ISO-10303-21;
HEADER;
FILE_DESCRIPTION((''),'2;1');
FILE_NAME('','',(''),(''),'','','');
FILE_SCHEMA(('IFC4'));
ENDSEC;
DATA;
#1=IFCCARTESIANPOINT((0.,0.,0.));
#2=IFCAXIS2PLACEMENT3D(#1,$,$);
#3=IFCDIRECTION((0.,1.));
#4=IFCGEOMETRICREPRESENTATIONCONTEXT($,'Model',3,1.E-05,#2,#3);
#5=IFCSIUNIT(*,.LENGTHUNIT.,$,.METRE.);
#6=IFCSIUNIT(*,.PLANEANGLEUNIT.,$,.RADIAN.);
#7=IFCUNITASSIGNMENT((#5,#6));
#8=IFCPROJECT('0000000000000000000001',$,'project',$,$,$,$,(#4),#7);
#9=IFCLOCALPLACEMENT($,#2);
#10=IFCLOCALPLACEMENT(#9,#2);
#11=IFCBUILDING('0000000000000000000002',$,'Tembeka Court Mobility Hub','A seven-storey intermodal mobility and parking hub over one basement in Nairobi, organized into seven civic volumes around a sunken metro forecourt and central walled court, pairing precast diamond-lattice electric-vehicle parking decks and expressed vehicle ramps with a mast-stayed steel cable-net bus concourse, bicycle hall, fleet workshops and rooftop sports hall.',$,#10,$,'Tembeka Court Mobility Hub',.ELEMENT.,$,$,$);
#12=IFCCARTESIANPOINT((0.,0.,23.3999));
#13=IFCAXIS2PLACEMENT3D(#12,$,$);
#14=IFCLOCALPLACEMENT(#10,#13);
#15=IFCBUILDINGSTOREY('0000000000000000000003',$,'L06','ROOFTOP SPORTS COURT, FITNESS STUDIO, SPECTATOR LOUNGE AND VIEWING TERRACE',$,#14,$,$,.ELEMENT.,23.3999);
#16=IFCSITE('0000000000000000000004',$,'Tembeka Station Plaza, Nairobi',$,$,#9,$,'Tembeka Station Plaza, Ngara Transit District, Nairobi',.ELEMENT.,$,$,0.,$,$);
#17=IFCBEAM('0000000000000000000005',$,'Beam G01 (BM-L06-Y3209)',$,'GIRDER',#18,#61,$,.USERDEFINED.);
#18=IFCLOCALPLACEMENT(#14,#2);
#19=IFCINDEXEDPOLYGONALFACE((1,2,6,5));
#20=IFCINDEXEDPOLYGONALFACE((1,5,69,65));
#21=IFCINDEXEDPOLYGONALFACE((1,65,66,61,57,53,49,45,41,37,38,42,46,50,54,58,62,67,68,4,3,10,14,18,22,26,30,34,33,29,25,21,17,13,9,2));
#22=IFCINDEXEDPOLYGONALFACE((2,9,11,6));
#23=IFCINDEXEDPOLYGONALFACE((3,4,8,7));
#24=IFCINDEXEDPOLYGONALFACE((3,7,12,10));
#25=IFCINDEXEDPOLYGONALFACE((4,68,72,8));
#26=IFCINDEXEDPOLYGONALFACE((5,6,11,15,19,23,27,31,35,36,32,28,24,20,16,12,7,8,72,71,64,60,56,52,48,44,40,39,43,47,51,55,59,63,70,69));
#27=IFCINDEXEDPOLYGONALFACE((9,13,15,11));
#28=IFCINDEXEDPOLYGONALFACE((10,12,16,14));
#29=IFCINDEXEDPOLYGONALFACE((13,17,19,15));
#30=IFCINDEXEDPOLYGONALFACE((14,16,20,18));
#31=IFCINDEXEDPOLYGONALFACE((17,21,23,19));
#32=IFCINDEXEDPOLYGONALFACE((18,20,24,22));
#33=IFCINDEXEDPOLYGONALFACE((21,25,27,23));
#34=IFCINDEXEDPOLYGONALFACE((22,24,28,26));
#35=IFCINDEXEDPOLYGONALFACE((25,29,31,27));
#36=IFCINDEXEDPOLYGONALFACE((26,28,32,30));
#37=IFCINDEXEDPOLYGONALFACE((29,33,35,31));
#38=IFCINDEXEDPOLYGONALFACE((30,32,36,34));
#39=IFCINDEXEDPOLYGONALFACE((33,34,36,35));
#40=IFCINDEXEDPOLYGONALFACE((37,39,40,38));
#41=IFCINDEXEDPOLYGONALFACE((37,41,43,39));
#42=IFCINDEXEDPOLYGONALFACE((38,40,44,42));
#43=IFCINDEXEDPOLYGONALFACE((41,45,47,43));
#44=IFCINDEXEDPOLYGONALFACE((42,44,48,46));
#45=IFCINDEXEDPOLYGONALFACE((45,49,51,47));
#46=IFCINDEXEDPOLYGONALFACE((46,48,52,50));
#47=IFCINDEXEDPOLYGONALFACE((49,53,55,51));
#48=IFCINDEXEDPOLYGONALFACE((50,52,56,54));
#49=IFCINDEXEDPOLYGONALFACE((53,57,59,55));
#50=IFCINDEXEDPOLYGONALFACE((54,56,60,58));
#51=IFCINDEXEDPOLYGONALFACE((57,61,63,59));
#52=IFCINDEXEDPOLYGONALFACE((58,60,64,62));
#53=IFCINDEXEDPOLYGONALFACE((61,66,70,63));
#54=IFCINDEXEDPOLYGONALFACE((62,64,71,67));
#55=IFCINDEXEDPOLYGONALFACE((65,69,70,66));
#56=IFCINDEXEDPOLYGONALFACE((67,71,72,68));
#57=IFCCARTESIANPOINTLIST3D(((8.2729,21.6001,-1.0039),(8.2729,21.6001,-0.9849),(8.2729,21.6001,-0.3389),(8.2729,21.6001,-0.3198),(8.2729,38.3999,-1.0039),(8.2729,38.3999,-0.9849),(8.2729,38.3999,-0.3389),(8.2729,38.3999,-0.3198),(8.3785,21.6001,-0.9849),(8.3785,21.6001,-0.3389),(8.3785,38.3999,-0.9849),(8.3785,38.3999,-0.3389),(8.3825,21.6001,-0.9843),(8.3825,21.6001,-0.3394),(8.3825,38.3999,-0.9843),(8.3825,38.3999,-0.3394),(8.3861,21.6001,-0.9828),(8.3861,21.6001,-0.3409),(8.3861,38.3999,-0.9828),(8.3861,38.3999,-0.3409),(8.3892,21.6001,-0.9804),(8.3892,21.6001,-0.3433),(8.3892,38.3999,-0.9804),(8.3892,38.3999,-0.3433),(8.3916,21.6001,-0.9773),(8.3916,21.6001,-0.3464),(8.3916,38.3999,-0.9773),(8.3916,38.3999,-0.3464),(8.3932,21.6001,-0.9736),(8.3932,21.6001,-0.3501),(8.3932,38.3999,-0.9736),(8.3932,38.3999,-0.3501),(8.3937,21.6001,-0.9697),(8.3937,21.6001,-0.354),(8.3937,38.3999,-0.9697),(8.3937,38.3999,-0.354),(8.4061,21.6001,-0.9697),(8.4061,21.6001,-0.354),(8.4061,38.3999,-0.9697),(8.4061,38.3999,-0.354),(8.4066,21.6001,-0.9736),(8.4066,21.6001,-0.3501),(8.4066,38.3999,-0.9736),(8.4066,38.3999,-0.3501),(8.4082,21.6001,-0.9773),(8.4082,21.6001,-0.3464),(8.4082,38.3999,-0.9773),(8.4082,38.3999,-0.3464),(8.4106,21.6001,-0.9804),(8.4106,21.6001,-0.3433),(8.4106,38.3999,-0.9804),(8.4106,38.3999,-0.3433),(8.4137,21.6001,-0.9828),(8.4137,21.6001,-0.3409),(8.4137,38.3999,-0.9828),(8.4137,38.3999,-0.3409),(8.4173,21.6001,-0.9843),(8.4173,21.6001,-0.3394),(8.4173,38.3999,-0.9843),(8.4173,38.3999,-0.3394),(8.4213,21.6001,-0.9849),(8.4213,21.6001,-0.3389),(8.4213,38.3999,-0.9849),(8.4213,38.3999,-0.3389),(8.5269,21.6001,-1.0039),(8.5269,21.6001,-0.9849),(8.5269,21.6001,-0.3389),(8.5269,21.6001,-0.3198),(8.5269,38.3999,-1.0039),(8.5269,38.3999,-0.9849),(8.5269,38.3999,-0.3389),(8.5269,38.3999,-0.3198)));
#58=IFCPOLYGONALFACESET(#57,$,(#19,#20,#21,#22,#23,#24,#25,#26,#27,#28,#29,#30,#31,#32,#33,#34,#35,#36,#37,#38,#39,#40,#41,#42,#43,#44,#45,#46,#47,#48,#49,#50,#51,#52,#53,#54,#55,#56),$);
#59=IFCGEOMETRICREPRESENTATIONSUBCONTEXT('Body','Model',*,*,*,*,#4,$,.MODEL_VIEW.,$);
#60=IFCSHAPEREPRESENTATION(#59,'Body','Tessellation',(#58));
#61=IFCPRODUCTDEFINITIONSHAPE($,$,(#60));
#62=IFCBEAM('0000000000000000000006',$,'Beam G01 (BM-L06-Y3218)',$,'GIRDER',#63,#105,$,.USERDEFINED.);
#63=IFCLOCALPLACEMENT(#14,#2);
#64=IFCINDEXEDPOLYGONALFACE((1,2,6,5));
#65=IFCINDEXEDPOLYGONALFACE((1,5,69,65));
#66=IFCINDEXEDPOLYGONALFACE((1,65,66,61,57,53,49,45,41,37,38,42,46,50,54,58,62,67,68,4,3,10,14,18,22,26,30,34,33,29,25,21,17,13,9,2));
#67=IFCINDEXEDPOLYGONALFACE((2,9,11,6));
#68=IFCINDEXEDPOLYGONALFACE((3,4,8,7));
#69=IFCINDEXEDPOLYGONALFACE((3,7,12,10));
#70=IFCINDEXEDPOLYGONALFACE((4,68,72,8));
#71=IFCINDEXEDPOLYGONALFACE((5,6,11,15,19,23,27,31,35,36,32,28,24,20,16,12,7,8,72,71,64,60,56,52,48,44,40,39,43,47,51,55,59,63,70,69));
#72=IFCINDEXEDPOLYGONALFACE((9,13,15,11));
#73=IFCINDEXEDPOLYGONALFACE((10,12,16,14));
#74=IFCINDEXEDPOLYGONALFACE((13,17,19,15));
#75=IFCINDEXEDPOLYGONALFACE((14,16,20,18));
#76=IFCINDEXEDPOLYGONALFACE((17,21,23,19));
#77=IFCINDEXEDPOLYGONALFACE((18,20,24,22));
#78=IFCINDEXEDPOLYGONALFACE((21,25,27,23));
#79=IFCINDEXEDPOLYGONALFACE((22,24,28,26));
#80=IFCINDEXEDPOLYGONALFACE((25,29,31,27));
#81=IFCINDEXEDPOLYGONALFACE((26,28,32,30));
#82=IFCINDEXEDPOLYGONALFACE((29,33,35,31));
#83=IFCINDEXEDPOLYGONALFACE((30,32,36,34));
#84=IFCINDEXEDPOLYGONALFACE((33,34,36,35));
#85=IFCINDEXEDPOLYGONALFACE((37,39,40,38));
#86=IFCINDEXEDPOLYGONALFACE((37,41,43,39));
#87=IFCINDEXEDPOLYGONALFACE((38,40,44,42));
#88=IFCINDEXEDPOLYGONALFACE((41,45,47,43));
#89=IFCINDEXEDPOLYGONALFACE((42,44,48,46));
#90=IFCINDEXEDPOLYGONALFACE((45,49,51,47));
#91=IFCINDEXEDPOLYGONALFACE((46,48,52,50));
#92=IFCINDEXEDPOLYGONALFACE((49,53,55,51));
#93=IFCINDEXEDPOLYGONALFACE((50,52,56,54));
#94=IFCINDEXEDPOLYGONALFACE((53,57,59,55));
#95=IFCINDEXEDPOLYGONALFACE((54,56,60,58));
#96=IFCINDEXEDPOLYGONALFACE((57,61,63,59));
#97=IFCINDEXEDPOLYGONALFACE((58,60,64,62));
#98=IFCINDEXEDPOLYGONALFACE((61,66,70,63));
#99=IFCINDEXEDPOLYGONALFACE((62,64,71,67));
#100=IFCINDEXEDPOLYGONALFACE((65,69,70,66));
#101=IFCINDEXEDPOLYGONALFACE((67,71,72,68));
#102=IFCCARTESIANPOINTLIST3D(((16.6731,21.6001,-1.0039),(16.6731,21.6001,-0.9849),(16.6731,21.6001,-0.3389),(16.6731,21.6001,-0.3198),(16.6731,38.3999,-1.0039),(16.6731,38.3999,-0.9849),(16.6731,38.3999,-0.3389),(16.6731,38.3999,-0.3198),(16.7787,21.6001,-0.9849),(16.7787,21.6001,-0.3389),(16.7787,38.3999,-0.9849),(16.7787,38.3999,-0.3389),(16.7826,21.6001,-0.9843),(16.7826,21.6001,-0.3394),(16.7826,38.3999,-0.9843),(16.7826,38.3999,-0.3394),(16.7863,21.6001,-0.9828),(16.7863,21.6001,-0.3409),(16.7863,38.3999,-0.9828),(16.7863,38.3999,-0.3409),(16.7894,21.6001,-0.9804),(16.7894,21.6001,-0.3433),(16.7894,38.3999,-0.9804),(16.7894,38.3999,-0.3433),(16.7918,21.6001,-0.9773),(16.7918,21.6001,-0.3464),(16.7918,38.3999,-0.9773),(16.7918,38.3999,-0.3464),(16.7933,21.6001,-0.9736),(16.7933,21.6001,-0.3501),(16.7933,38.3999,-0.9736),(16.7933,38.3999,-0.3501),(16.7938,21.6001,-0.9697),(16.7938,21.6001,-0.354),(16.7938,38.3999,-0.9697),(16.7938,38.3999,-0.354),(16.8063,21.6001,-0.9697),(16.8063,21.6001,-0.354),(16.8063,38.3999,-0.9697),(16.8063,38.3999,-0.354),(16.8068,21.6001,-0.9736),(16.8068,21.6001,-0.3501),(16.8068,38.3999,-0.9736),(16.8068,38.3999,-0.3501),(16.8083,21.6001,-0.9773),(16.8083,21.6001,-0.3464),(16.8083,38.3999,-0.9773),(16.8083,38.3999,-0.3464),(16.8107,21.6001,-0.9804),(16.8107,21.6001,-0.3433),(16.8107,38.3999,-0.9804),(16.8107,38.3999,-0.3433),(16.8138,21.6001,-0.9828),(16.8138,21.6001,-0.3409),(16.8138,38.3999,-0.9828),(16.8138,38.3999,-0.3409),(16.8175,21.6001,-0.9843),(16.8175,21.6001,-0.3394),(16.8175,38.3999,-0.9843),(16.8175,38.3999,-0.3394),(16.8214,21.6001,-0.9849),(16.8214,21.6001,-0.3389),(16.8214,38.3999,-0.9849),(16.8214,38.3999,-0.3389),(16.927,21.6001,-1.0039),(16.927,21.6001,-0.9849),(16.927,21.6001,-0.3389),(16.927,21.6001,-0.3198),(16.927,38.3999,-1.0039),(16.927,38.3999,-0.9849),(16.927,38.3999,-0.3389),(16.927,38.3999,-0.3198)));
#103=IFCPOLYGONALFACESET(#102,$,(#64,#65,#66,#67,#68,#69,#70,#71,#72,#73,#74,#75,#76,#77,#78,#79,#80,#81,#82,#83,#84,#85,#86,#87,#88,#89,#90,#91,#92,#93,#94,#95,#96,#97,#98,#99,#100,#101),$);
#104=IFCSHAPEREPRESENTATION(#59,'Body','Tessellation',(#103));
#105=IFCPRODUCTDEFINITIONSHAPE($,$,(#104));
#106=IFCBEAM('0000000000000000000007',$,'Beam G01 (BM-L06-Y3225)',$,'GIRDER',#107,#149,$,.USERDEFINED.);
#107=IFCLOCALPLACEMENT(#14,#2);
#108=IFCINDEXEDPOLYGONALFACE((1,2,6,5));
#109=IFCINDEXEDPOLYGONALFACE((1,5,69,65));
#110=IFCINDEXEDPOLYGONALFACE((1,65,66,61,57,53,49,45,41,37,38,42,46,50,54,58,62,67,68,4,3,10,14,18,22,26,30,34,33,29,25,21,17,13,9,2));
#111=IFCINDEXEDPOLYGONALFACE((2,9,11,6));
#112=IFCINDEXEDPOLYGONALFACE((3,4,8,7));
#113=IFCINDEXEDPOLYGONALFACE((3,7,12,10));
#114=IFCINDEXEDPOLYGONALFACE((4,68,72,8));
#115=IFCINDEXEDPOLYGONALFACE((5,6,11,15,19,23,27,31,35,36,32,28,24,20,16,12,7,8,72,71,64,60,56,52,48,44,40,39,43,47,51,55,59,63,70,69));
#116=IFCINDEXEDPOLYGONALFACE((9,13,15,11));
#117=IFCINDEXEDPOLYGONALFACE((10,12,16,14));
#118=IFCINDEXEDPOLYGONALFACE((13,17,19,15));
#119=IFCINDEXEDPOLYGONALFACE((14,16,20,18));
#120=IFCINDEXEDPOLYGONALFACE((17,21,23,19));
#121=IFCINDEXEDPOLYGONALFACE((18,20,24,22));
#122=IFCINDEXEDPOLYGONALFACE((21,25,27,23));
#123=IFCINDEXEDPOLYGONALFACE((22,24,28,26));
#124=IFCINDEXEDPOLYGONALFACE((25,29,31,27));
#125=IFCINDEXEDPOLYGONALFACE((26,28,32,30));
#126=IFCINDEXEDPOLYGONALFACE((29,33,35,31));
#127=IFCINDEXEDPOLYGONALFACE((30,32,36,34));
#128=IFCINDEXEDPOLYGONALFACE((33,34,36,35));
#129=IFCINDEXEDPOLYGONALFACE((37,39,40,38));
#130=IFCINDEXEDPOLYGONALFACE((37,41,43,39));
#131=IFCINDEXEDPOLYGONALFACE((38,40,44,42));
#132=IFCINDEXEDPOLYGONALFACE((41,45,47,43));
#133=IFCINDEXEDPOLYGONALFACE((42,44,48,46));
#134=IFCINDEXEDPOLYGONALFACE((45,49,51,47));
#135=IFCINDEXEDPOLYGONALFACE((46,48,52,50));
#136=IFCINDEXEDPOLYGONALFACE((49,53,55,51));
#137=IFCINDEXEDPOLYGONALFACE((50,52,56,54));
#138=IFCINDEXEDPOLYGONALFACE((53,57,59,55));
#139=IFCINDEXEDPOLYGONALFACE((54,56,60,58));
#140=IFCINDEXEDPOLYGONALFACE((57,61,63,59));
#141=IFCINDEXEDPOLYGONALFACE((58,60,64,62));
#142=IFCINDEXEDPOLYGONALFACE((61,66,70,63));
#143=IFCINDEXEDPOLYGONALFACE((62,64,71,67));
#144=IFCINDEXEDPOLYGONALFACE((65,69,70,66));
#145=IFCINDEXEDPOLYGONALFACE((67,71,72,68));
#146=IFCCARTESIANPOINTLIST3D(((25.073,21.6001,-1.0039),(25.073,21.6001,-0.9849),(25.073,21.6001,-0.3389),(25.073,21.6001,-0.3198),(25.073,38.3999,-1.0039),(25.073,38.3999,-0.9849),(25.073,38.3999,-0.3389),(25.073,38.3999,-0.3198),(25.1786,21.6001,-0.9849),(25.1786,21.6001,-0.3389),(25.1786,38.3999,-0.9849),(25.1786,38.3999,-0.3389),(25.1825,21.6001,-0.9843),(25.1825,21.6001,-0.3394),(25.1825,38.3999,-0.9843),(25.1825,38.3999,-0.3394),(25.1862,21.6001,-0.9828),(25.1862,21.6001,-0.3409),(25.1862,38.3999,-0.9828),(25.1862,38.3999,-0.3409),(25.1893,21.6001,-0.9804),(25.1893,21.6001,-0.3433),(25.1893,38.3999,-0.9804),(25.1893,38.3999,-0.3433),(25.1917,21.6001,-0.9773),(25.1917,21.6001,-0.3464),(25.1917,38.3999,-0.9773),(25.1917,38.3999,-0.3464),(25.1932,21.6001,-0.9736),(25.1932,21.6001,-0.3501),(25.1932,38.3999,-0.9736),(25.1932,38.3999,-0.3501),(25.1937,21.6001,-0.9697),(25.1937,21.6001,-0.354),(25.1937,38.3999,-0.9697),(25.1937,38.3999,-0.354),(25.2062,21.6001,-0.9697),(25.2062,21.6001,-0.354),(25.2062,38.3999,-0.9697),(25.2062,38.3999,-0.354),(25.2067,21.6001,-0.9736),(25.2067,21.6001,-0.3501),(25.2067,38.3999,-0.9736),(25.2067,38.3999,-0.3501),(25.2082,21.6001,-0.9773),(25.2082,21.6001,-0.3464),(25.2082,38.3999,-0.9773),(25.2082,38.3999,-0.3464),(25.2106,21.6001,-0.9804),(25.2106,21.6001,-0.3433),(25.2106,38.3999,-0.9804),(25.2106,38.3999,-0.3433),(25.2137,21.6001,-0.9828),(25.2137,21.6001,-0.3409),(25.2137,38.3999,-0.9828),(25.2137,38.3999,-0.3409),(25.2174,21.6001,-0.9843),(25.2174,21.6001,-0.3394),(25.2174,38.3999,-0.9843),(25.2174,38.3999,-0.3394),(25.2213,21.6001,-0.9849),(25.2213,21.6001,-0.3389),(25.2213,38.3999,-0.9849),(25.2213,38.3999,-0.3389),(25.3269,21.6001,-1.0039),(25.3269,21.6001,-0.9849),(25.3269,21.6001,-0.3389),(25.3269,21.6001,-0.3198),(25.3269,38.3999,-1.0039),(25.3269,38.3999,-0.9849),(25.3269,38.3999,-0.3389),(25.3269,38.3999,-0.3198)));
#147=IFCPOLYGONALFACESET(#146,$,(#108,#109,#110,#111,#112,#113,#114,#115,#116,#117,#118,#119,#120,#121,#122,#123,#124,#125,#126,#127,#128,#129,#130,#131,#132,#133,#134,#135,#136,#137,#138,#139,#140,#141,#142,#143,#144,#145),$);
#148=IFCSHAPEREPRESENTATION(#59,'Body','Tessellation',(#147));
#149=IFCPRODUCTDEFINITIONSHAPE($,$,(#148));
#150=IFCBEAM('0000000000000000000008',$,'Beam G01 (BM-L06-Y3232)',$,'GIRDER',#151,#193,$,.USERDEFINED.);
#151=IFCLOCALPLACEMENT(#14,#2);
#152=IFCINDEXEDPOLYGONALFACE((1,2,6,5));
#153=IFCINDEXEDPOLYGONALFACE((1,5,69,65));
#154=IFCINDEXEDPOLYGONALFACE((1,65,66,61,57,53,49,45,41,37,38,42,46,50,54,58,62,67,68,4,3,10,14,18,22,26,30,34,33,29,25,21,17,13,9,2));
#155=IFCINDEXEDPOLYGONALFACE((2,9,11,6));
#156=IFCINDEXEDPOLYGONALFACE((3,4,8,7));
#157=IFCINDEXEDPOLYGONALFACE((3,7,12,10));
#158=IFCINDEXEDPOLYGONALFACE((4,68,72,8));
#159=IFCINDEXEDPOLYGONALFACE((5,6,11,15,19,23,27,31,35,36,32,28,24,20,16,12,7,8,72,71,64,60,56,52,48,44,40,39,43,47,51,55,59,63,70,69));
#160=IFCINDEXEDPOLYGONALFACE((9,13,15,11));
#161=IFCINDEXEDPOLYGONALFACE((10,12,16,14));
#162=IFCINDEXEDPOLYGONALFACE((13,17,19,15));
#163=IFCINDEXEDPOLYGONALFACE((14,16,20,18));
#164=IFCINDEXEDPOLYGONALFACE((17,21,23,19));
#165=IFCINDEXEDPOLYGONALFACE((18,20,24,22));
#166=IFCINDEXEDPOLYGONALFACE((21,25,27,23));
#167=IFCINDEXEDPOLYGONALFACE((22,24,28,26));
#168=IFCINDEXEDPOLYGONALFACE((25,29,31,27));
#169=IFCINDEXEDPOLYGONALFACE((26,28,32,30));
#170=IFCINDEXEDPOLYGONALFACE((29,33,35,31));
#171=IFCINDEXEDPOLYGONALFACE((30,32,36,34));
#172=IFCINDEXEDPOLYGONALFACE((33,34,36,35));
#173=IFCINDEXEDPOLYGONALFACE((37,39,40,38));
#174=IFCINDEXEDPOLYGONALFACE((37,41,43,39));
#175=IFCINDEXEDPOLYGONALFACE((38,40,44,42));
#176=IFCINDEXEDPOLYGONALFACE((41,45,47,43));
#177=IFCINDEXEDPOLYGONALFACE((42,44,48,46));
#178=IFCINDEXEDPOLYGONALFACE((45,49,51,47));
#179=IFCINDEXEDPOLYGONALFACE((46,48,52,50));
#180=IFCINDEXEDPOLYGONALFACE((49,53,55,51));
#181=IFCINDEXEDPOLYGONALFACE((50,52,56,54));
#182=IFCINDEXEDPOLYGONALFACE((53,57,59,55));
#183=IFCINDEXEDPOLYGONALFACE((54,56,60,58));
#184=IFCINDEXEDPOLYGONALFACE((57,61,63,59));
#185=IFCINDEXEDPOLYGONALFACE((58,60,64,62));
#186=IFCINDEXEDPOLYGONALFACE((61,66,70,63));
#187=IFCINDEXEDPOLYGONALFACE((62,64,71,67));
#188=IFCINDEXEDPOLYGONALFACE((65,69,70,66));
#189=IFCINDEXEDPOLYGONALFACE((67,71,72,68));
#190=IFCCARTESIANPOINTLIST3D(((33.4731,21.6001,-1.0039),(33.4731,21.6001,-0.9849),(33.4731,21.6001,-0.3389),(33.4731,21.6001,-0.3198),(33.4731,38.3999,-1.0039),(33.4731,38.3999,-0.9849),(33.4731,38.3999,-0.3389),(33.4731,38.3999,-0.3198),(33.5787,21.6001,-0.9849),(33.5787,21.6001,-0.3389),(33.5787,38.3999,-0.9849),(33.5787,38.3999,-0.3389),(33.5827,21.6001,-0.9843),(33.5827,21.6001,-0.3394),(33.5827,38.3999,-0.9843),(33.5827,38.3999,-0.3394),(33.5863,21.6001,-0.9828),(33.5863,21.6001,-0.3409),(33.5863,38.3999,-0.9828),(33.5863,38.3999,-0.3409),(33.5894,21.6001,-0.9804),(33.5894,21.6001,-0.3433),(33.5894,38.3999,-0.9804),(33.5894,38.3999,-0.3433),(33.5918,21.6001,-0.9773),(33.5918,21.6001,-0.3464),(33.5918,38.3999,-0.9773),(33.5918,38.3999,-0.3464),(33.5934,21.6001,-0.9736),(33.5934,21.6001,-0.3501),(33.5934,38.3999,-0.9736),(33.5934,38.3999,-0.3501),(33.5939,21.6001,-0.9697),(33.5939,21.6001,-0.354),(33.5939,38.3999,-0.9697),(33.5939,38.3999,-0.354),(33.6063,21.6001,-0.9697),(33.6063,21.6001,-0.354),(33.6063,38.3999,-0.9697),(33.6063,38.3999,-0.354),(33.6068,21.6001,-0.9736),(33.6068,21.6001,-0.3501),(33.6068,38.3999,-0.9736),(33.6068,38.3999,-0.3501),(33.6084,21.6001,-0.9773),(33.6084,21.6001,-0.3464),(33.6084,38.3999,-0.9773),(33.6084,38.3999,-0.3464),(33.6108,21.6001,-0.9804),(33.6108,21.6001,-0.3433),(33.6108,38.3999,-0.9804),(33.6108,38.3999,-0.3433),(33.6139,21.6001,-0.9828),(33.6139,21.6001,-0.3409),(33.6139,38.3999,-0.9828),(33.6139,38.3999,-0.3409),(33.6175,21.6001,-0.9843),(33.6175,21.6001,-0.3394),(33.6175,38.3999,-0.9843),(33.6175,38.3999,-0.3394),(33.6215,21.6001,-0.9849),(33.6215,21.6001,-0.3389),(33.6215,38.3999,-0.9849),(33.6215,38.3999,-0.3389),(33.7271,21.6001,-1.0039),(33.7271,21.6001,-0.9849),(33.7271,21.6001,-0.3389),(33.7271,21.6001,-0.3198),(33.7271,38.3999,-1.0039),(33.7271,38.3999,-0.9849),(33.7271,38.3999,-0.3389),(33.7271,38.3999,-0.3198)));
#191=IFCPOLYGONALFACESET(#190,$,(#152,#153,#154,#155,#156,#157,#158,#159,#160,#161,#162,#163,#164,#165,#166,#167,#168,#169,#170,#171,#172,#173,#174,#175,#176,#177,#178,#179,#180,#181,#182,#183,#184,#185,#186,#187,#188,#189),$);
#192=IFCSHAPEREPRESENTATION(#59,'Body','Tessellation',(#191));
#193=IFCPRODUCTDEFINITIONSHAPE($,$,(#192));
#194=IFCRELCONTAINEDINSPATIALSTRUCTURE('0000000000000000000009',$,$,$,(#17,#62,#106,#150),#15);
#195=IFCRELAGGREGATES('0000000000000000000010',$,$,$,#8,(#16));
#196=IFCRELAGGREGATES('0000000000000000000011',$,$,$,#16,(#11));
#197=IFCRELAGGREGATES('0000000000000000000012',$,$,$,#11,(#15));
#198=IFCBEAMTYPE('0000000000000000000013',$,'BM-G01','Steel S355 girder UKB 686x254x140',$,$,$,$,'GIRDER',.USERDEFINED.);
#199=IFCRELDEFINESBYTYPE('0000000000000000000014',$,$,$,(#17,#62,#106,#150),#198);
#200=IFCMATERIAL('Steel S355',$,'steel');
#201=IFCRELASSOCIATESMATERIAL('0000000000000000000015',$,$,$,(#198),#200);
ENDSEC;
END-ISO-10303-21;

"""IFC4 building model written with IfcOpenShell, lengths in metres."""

from ifc_helpers import new_model, si_unit, direction, frame, origin, origin_2d, place, context, subcontext, project, spatial, i_section, extrude, material, material_profile, profile_set, type_object, element, save


model = new_model("IFC4")

# Units and contexts
model_context = context("Model", 3, precision=1e-05, world=origin(), true_north=direction((0.0, 1.0)))
body_context = subcontext(model_context, "Body", "Model", "MODEL_VIEW")
ifc_project = project(units=[si_unit("LENGTHUNIT", "METRE"), si_unit("PLANEANGLEUNIT", "RADIAN")], contexts=[model_context])

# Site, building, storey
site_placement = place(None, origin())
site = spatial("IfcSite", under=ifc_project, at=site_placement, Name="Tembeka Station Plaza, Nairobi", LongName="Tembeka Station Plaza, Ngara Transit District, Nairobi", CompositionType="ELEMENT", RefElevation=0.0)
building_placement = place(site_placement, origin())
building = spatial("IfcBuilding", under=site, at=building_placement, Name="Tembeka Court Mobility Hub", Description="A seven-storey intermodal mobility and parking hub over one basement in Nairobi, organized into seven civic volumes around a sunken metro forecourt and central walled court, pairing precast diamond-lattice electric-vehicle parking decks and expressed vehicle ramps with a mast-stayed steel cable-net bus concourse, bicycle hall, fleet workshops and rooftop sports hall.", LongName="Tembeka Court Mobility Hub", CompositionType="ELEMENT")
storey_placement = place(building_placement, frame((0.0, 0.0, 23.3999)))
storey = spatial("IfcBuildingStorey", under=building, at=storey_placement, Name="L06", Description="ROOFTOP SPORTS COURT, FITNESS STUDIO, SPECTATOR LOUNGE AND VIEWING TERRACE", CompositionType="ELEMENT", Elevation=23.3999)

# Beams
ifc_material_1 = material(Name="Steel S355", Category="steel")
ifc_material_profile_1 = material_profile(ifc_material_1, i_section(OverallWidth=0.2539, OverallDepth=0.6841, WebThickness=0.0125, FlangeThickness=0.019, FilletRadius=0.0151, at=origin_2d()), Name="UKB 686x254x140")
ifc_profile_set_1 = profile_set([ifc_material_profile_1], Name="Steel S355")
beam_type_1 = type_object("IfcBeamType", Name="BM-G01", Description="Steel S355 girder UKB 686x254x140", ElementType="GIRDER", PredefinedType="USERDEFINED", material=ifc_profile_set_1)
for number, where, z_axis, x_axis, name in (
    (1, (8.3999, 21.6001, -0.6619), (0.0, 1.0, 0.0), (-1.0, 0.0, 0.0), "Beam G01 (BM-L06-Y3209)"),
    (2, (16.8, 21.6001, -0.6619), (0.0, 1.0, 0.0), (-1.0, 0.0, 0.0), "Beam G01 (BM-L06-Y3218)"),
    (3, (25.2, 21.6001, -0.6619), (0.0, 1.0, 0.0), (-1.0, 0.0, 0.0), "Beam G01 (BM-L06-Y3225)"),
    (4, (33.6001, 21.6001, -0.6619), (0.0, 1.0, 0.0), (-1.0, 0.0, 0.0), "Beam G01 (BM-L06-Y3232)"),
):
    element("IfcBeam", number, at=place(storey_placement, frame(where, z_axis=z_axis, x_axis=x_axis)), inside=storey, type_object=beam_type_1, Name=name, ObjectType="GIRDER", PredefinedType="USERDEFINED", context=body_context, shape_type="SweptSolid", body=[
        extrude(i_section(OverallWidth=0.2539, OverallDepth=0.6841, WebThickness=0.0125, FlangeThickness=0.019, FilletRadius=0.0151, at=origin_2d()), origin(), (0.0, 0.0, 1.0), 16.7998),
    ])

save(model, "model.ifc")
